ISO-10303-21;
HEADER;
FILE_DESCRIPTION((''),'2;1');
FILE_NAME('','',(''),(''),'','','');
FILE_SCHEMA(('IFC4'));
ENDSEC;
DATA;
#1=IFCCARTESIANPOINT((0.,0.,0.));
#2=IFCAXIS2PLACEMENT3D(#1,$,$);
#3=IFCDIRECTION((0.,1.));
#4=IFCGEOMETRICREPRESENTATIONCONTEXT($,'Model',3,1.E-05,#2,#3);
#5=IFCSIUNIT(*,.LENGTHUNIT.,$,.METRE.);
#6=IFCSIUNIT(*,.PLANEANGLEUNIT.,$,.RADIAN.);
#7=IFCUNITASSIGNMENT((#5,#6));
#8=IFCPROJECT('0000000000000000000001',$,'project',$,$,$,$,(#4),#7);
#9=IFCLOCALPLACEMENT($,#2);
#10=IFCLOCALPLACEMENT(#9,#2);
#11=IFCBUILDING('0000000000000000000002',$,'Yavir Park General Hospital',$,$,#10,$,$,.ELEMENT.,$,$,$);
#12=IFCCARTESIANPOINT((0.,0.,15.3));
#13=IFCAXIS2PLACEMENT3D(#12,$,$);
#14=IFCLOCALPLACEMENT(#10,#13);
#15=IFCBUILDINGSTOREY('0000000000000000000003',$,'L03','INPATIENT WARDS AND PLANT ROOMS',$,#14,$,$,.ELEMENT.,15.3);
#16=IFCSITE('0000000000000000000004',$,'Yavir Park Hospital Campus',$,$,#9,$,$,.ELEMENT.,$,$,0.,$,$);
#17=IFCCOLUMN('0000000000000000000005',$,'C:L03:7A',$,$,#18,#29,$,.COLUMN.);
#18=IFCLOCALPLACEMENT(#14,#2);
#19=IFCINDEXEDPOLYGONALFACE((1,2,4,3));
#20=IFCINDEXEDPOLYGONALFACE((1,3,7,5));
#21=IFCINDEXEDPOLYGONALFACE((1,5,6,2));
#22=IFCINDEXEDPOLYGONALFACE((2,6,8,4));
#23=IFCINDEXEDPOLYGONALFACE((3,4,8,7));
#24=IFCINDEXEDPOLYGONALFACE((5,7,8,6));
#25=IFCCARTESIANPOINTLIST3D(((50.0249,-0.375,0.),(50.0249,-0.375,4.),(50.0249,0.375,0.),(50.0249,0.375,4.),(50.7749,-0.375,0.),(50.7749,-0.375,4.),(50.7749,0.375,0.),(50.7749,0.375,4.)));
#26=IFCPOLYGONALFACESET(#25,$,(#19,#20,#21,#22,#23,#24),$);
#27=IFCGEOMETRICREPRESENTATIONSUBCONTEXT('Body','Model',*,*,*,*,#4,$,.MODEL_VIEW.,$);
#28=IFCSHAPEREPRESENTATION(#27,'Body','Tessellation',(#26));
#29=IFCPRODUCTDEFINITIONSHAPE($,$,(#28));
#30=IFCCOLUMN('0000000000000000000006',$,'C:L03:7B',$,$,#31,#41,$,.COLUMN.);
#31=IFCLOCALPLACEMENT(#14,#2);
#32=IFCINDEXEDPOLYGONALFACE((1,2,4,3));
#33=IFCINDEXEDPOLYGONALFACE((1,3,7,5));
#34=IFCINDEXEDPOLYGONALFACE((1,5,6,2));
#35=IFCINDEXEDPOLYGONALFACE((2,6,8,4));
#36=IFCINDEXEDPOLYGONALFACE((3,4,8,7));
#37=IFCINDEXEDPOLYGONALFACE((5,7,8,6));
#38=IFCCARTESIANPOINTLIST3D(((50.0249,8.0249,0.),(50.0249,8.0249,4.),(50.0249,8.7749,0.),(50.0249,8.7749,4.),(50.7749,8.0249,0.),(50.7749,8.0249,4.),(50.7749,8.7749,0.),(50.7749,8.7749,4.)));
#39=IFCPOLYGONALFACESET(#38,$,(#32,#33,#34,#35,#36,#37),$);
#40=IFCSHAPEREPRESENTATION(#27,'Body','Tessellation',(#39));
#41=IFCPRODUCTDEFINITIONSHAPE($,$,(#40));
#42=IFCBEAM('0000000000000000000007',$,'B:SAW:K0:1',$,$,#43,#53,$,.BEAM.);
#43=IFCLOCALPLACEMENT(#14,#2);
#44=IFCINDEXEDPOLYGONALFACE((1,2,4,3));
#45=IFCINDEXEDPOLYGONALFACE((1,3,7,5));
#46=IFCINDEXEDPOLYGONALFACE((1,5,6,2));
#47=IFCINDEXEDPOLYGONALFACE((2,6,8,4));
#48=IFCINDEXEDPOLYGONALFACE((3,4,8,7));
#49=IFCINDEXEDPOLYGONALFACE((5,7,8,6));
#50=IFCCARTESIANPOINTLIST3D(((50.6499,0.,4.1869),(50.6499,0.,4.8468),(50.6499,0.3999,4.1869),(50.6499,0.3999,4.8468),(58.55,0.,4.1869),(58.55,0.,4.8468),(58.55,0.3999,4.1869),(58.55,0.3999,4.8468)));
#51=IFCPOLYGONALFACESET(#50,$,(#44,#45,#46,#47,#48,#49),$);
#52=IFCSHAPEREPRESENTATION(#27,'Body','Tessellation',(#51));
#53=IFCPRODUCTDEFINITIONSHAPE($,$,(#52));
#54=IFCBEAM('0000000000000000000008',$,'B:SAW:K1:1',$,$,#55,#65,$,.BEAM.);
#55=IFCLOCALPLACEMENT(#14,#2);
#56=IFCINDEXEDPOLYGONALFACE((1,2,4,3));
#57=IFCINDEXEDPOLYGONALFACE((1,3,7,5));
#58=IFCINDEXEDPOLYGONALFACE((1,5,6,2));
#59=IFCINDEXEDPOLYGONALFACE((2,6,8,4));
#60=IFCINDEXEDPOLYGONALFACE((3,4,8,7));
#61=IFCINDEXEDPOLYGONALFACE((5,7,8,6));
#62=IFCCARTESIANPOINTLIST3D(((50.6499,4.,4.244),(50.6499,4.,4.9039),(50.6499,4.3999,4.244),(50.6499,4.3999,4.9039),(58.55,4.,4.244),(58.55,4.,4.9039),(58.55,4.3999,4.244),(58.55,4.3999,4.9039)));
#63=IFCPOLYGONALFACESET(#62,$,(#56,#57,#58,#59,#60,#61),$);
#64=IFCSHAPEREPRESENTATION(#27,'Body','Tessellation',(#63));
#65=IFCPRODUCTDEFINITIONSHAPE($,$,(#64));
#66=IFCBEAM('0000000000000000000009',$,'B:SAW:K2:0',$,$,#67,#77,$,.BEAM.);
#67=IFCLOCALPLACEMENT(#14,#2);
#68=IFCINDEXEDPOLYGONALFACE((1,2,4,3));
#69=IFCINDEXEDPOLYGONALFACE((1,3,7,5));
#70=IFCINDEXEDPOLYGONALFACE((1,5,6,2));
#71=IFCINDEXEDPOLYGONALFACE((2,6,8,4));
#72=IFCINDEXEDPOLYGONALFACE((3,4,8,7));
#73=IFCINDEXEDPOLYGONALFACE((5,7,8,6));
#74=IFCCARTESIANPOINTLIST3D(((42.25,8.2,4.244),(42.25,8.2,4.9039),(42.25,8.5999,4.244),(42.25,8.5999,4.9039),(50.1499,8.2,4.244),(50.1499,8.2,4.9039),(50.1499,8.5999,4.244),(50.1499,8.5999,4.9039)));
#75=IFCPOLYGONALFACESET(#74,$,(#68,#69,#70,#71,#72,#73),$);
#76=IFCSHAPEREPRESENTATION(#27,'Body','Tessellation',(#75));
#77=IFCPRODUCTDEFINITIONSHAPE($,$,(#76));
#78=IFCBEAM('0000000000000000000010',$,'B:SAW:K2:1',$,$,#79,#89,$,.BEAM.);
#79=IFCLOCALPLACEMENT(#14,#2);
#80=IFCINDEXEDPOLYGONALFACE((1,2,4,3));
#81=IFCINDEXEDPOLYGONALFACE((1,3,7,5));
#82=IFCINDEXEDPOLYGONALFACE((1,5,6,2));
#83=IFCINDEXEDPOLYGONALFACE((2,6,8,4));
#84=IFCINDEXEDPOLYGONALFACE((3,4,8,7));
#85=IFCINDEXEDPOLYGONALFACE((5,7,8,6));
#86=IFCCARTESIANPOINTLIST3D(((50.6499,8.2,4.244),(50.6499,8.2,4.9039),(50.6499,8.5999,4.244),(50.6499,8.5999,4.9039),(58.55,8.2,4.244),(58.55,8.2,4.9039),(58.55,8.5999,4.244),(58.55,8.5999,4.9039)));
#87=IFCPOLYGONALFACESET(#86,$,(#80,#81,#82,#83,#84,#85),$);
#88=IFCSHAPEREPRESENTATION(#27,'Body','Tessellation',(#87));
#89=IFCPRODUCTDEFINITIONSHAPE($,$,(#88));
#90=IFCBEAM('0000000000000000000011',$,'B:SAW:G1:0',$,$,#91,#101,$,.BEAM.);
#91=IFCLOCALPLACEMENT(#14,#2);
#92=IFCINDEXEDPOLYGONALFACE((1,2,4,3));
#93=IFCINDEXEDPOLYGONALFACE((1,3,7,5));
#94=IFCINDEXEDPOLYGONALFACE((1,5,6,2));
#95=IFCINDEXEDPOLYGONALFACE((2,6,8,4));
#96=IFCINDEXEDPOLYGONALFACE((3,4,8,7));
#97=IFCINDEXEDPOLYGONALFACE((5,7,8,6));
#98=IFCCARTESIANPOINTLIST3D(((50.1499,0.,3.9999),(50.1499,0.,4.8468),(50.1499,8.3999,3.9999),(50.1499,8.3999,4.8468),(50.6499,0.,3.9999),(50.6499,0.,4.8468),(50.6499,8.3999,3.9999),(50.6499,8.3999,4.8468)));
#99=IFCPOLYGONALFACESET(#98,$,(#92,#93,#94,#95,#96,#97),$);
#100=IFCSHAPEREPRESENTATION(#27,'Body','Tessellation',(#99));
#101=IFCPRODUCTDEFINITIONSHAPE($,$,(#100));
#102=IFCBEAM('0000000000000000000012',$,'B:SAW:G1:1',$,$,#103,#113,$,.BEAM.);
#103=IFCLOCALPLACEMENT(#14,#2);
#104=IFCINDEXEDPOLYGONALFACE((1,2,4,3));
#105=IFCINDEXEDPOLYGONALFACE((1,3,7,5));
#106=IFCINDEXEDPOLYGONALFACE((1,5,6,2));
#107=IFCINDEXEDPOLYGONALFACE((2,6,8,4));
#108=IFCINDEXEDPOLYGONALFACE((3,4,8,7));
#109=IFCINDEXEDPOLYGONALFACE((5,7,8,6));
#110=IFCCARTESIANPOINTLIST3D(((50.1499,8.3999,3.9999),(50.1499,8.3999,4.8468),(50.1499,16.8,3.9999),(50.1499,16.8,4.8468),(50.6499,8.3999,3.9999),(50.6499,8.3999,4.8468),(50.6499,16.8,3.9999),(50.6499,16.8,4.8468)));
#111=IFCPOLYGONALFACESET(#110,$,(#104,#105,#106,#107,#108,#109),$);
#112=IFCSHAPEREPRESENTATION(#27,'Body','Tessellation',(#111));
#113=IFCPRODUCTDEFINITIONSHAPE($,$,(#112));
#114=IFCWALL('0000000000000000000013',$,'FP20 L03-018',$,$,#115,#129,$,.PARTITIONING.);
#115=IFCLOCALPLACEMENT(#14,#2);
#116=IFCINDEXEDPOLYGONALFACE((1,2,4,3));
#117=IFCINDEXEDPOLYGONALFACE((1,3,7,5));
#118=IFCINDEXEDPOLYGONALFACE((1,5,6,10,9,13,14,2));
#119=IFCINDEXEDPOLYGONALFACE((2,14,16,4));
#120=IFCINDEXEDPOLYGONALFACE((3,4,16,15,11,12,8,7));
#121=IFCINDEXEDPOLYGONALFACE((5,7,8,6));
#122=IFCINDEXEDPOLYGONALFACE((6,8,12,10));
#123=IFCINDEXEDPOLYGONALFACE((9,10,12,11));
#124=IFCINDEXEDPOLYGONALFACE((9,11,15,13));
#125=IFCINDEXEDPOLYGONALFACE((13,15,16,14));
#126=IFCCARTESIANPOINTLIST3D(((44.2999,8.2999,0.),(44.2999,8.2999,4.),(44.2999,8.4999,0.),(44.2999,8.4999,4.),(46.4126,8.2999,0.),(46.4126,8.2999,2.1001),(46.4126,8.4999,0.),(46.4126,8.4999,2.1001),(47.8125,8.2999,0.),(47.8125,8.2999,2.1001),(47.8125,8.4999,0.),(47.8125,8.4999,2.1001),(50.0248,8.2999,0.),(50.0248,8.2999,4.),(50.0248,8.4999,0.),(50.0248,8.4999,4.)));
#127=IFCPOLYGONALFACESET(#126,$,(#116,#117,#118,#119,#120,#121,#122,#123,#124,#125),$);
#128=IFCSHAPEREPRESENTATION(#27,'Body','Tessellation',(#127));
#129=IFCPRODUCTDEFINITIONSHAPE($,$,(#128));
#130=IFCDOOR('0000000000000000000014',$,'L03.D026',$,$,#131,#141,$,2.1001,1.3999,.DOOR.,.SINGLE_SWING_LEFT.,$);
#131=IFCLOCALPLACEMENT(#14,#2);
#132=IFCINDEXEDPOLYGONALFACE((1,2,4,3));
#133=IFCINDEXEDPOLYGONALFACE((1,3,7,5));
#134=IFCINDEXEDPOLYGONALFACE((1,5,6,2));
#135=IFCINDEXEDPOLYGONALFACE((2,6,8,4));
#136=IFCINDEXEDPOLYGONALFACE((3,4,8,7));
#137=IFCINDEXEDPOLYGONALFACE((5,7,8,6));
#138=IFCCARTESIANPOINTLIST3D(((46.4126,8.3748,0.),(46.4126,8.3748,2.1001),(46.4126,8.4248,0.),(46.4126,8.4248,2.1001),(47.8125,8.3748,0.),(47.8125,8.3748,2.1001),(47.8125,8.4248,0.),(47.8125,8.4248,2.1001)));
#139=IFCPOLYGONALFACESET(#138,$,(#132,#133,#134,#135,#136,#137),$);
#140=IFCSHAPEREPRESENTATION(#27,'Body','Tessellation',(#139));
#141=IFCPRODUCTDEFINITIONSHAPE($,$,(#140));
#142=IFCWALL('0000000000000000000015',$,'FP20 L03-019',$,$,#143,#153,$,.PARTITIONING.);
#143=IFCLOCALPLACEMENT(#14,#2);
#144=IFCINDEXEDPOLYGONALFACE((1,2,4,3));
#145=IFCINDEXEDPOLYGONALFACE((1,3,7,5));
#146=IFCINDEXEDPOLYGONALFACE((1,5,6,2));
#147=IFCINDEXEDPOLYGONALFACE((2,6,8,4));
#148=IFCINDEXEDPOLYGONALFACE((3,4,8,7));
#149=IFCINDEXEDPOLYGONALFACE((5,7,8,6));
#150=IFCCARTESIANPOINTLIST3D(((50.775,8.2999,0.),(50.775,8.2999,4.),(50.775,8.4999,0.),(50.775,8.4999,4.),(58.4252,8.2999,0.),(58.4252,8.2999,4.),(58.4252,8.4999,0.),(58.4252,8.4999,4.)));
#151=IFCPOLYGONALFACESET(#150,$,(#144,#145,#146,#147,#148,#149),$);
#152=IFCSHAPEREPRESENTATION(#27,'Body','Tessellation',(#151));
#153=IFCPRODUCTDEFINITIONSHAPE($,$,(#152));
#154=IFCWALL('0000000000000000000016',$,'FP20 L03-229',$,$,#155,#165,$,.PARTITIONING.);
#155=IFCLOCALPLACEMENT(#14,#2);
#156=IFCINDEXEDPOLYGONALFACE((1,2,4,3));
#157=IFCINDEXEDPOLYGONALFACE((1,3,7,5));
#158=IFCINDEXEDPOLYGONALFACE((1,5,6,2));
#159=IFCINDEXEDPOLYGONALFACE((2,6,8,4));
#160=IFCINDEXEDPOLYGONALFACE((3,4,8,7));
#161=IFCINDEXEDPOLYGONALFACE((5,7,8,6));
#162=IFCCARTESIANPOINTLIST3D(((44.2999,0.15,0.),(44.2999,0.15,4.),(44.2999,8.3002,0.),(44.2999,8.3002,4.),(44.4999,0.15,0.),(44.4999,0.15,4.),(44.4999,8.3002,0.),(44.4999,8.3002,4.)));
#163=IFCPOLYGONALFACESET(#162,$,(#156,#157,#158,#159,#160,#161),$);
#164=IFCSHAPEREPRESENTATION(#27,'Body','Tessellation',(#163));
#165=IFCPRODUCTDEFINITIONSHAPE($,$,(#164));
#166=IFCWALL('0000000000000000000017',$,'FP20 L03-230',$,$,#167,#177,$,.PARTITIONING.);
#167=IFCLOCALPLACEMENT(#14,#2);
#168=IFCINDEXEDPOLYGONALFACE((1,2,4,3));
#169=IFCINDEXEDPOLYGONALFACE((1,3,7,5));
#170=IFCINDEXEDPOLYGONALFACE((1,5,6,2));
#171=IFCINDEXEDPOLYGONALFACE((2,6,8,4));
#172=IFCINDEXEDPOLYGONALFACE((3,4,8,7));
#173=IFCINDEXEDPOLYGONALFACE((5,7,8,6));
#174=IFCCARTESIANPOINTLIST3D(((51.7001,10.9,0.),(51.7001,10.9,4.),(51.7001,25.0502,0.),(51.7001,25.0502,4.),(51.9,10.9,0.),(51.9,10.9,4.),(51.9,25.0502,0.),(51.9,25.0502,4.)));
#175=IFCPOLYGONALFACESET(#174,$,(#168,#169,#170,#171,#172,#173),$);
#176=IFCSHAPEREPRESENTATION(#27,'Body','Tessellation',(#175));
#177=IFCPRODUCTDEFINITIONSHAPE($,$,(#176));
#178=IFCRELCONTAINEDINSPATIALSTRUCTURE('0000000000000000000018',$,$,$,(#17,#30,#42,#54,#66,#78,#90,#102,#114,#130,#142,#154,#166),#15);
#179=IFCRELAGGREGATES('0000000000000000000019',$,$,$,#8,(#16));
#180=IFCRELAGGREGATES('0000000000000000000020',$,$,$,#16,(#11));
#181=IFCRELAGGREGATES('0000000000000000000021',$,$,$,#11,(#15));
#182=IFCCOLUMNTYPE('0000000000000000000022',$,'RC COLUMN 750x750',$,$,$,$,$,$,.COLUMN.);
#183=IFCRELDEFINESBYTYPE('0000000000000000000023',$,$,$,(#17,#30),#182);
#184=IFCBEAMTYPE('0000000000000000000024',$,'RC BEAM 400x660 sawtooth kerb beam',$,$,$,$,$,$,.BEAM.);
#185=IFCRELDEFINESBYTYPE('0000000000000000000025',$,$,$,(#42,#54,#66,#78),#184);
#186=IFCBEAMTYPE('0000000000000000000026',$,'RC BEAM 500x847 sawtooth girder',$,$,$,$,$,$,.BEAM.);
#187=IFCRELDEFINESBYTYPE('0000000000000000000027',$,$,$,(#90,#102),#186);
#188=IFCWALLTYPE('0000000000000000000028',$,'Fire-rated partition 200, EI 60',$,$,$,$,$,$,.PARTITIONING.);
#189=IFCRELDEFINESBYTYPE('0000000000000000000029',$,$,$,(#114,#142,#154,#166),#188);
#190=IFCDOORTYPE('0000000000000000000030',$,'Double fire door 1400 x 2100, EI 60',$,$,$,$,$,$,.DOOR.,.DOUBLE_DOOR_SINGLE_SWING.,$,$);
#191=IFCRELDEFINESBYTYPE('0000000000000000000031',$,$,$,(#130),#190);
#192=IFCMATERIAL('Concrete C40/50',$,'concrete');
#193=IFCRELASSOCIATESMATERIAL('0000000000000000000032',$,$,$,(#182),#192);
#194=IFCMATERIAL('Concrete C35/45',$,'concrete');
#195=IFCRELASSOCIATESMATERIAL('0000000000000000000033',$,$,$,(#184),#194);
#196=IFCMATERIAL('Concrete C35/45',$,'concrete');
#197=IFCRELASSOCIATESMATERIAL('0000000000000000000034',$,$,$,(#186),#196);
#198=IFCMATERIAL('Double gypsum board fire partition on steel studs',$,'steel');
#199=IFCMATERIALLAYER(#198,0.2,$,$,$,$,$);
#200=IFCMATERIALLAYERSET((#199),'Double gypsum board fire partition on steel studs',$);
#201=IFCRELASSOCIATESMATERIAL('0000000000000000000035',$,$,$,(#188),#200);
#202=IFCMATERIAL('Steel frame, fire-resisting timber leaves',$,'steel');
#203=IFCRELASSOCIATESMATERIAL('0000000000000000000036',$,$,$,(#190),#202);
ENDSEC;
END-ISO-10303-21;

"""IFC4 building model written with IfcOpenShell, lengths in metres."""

from ifc_helpers import new_model, si_unit, direction, frame, frame_2d, origin, origin_2d, place, context, subcontext, project, spatial, rectangle, extrude, material, layer, layer_set, material_profile, profile_set, type_object, element, fill, save


model = new_model("IFC4")

# Units and contexts
model_context = context("Model", 3, precision=1e-05, world=origin(), true_north=direction((0.0, 1.0)))
body_context = subcontext(model_context, "Body", "Model", "MODEL_VIEW")
ifc_project = project(units=[si_unit("LENGTHUNIT", "METRE"), si_unit("PLANEANGLEUNIT", "RADIAN")], contexts=[model_context])

# Site, building, storey
site_placement = place(None, origin())
site = spatial("IfcSite", under=ifc_project, at=site_placement, Name="Yavir Park Hospital Campus", CompositionType="ELEMENT", RefElevation=0.0)
building_placement = place(site_placement, origin())
building = spatial("IfcBuilding", under=site, at=building_placement, Name="Yavir Park General Hospital", CompositionType="ELEMENT")
storey_placement = place(building_placement, frame((0.0, 0.0, 15.3)))
storey = spatial("IfcBuildingStorey", under=building, at=storey_placement, Name="L03", Description="INPATIENT WARDS AND PLANT ROOMS", CompositionType="ELEMENT", Elevation=15.3)

# Columns
ifc_material_1 = material(Name="Concrete C40/50", Category="concrete")
ifc_material_profile_1 = material_profile(ifc_material_1, rectangle(XDim=0.75, YDim=0.75, at=origin_2d()), Name="RC750x750")
ifc_profile_set_1 = profile_set([ifc_material_profile_1], Name="Concrete C40/50")
column_type = type_object("IfcColumnType", Name="RC COLUMN 750x750", PredefinedType="COLUMN", material=ifc_profile_set_1)
for number, where, z_axis, x_axis, name in (
    (1, (50.3999, 0.0, 0.0), (0.0, 0.0, 1.0), (1.0, 0.0, 0.0), "C:L03:7A"),
    (2, (50.3999, 8.3999, 0.0), (0.0, 0.0, 1.0), (1.0, 0.0, 0.0), "C:L03:7B"),
):
    element("IfcColumn", number, at=place(storey_placement, frame(where, z_axis=z_axis, x_axis=x_axis)), inside=storey, type_object=column_type, Name=name, PredefinedType="COLUMN", context=body_context, shape_type="SweptSolid", body=[
        extrude(rectangle(XDim=0.75, YDim=0.75, at=origin_2d()), origin(), (0.0, 0.0, 1.0), 4.0),
    ])

# Beams
ifc_material_2 = material(Name="Concrete C35/45", Category="concrete")
ifc_material_profile_2 = material_profile(ifc_material_2, rectangle(XDim=0.3999, YDim=0.6599, at=origin_2d()), Name="RC400x660")
ifc_profile_set_2 = profile_set([ifc_material_profile_2], Name="Concrete C35/45")
beam_type_1 = type_object("IfcBeamType", Name="RC BEAM 400x660 sawtooth kerb beam", PredefinedType="BEAM", material=ifc_profile_set_2)
for number, where, z_axis, x_axis, name in (
    (3, (50.6499, 0.2, 4.5168), (1.0, 0.0, 0.0), (0.0, 1.0, 0.0), "B:SAW:K0:1"),
    (4, (50.6499, 4.2, 4.574), (1.0, 0.0, 0.0), (0.0, 1.0, 0.0), "B:SAW:K1:1"),
):
    element("IfcBeam", number, at=place(storey_placement, frame(where, z_axis=z_axis, x_axis=x_axis)), inside=storey, type_object=beam_type_1, Name=name, PredefinedType="BEAM", context=body_context, shape_type="SweptSolid", body=[
        extrude(rectangle(XDim=0.3999, YDim=0.6599, at=origin_2d()), origin(), (0.0, 0.0, 1.0), 7.9001),
    ])
beam_1_placement = place(storey_placement, frame((42.25, 8.3999, 4.574), z_axis=(1.0, 0.0, 0.0), x_axis=(0.0, 1.0, 0.0)))
element("IfcBeam", 5, at=beam_1_placement, inside=storey, type_object=beam_type_1, Name="B:SAW:K2:0", PredefinedType="BEAM", context=body_context, shape_type="SweptSolid", body=[
    extrude(rectangle(XDim=0.3999, YDim=0.6599, at=origin_2d()), origin(), (0.0, 0.0, 1.0), 7.8999),
])
beam_2_placement = place(storey_placement, frame((50.6499, 8.3999, 4.574), z_axis=(1.0, 0.0, 0.0), x_axis=(0.0, 1.0, 0.0)))
element("IfcBeam", 6, at=beam_2_placement, inside=storey, type_object=beam_type_1, Name="B:SAW:K2:1", PredefinedType="BEAM", context=body_context, shape_type="SweptSolid", body=[
    extrude(rectangle(XDim=0.3999, YDim=0.6599, at=origin_2d()), origin(), (0.0, 0.0, 1.0), 7.9001),
])
ifc_material_3 = material(Name="Concrete C35/45", Category="concrete")
ifc_material_profile_3 = material_profile(ifc_material_3, rectangle(XDim=0.5, YDim=0.8469, at=origin_2d()), Name="RC500x847")
ifc_profile_set_3 = profile_set([ifc_material_profile_3], Name="Concrete C35/45")
beam_type_2 = type_object("IfcBeamType", Name="RC BEAM 500x847 sawtooth girder", PredefinedType="BEAM", material=ifc_profile_set_3)
beam_3_placement = place(storey_placement, frame((50.3999, 0.0, 4.4233), z_axis=(0.0, 1.0, 0.0), x_axis=(-1.0, 0.0, 0.0)))
element("IfcBeam", 7, at=beam_3_placement, inside=storey, type_object=beam_type_2, Name="B:SAW:G1:0", PredefinedType="BEAM", context=body_context, shape_type="SweptSolid", body=[
    extrude(rectangle(XDim=0.5, YDim=0.8469, at=origin_2d()), origin(), (0.0, 0.0, 1.0), 8.3999),
])
beam_4_placement = place(storey_placement, frame((50.3999, 8.3999, 4.4233), z_axis=(0.0, 1.0, 0.0), x_axis=(-1.0, 0.0, 0.0)))
element("IfcBeam", 8, at=beam_4_placement, inside=storey, type_object=beam_type_2, Name="B:SAW:G1:1", PredefinedType="BEAM", context=body_context, shape_type="SweptSolid", body=[
    extrude(rectangle(XDim=0.5, YDim=0.8469, at=origin_2d()), origin(), (0.0, 0.0, 1.0), 8.4001),
])

# Wall, opening, door
ifc_material_4 = material(Name="Double gypsum board fire partition on steel studs", Category="steel")
ifc_layer_1 = layer(ifc_material_4, 0.2)
ifc_layer_set_1 = layer_set([ifc_layer_1], Name="Double gypsum board fire partition on steel studs")
wall_type_1 = type_object("IfcWallType", Name="Fire-rated partition 200, EI 60", PredefinedType="PARTITIONING", material=ifc_layer_set_1)
wall_1_placement = place(storey_placement, frame((44.3, 8.3999, 0.0), z_axis=(0.0, 0.0, 1.0), x_axis=(1.0, 0.0, 0.0)))
wall_1 = element("IfcWall", 9, at=wall_1_placement, inside=storey, type_object=wall_type_1, Name="FP20 L03-018", PredefinedType="PARTITIONING", context=body_context, shape_type="SweptSolid", body=[
    extrude(rectangle(XDim=5.7249, YDim=0.2, at=frame_2d((2.8623, 0.0))), origin(), (0.0, 0.0, 1.0), 4.0),
])
opening_1_placement = place(wall_1_placement, frame((2.1125, 0.0, 0.0)))
opening_1 = element("IfcOpeningElement", 10, at=opening_1_placement, cuts=wall_1, PredefinedType="OPENING", context=body_context, shape_type="SweptSolid", body=[
    extrude(rectangle(XDim=1.3999, YDim=2.1001, at=frame_2d((0.7, 1.05))), frame((0.0, 0.1099, 0.0), z_axis=(0.0, -1.0, 0.0), x_axis=(1.0, 0.0, 0.0)), (0.0, 0.0, 1.0), 0.22),
])
ifc_material_5 = material(Name="Steel frame, fire-resisting timber leaves", Category="steel")
door_type = type_object("IfcDoorType", Name="Double fire door 1400 x 2100, EI 60", OperationType="DOUBLE_DOOR_SINGLE_SWING", PredefinedType="DOOR", material=ifc_material_5)
door_placement = place(opening_1_placement, origin())
door = element("IfcDoor", 11, at=door_placement, inside=storey, type_object=door_type, Name="L03.D026", OperationType="SINGLE_SWING_LEFT", OverallHeight=2.1001, OverallWidth=1.3999, PredefinedType="DOOR", context=body_context, shape_type="SweptSolid", body=[
    extrude(rectangle(XDim=1.3999, YDim=2.1001, at=frame_2d((0.7, 1.05))), frame((0.0, 0.0249, 0.0), z_axis=(0.0, -1.0, 0.0), x_axis=(1.0, 0.0, 0.0)), (0.0, 0.0, 1.0), 0.05),
])
fill(opening_1, door)

# Walls
wall_2_placement = place(storey_placement, frame((50.7749, 8.3999, 0.0), z_axis=(0.0, 0.0, 1.0), x_axis=(1.0, 0.0, 0.0)))
element("IfcWall", 12, at=wall_2_placement, inside=storey, type_object=wall_type_1, Name="FP20 L03-019", PredefinedType="PARTITIONING", context=body_context, shape_type="SweptSolid", body=[
    extrude(rectangle(XDim=7.6501, YDim=0.2, at=frame_2d((3.8252, 0.0))), origin(), (0.0, 0.0, 1.0), 4.0),
])
wall_3_placement = place(storey_placement, frame((44.3999, 0.1499, 0.0), z_axis=(0.0, 0.0, 1.0), x_axis=(0.0, 1.0, 0.0)))
element("IfcWall", 13, at=wall_3_placement, inside=storey, type_object=wall_type_1, Name="FP20 L03-229", PredefinedType="PARTITIONING", context=body_context, shape_type="SweptSolid", body=[
    extrude(rectangle(XDim=8.1501, YDim=0.2, at=frame_2d((4.0752, 0.0))), origin(), (0.0, 0.0, 1.0), 4.0),
])
wall_4_placement = place(storey_placement, frame((51.8, 10.8999, 0.0), z_axis=(0.0, 0.0, 1.0), x_axis=(0.0, 1.0, 0.0)))
element("IfcWall", 14, at=wall_4_placement, inside=storey, type_object=wall_type_1, Name="FP20 L03-230", PredefinedType="PARTITIONING", context=body_context, shape_type="SweptSolid", body=[
    extrude(rectangle(XDim=14.1501, YDim=0.2, at=frame_2d((7.0752, 0.0))), origin(), (0.0, 0.0, 1.0), 4.0),
])

save(model, "model.ifc")
